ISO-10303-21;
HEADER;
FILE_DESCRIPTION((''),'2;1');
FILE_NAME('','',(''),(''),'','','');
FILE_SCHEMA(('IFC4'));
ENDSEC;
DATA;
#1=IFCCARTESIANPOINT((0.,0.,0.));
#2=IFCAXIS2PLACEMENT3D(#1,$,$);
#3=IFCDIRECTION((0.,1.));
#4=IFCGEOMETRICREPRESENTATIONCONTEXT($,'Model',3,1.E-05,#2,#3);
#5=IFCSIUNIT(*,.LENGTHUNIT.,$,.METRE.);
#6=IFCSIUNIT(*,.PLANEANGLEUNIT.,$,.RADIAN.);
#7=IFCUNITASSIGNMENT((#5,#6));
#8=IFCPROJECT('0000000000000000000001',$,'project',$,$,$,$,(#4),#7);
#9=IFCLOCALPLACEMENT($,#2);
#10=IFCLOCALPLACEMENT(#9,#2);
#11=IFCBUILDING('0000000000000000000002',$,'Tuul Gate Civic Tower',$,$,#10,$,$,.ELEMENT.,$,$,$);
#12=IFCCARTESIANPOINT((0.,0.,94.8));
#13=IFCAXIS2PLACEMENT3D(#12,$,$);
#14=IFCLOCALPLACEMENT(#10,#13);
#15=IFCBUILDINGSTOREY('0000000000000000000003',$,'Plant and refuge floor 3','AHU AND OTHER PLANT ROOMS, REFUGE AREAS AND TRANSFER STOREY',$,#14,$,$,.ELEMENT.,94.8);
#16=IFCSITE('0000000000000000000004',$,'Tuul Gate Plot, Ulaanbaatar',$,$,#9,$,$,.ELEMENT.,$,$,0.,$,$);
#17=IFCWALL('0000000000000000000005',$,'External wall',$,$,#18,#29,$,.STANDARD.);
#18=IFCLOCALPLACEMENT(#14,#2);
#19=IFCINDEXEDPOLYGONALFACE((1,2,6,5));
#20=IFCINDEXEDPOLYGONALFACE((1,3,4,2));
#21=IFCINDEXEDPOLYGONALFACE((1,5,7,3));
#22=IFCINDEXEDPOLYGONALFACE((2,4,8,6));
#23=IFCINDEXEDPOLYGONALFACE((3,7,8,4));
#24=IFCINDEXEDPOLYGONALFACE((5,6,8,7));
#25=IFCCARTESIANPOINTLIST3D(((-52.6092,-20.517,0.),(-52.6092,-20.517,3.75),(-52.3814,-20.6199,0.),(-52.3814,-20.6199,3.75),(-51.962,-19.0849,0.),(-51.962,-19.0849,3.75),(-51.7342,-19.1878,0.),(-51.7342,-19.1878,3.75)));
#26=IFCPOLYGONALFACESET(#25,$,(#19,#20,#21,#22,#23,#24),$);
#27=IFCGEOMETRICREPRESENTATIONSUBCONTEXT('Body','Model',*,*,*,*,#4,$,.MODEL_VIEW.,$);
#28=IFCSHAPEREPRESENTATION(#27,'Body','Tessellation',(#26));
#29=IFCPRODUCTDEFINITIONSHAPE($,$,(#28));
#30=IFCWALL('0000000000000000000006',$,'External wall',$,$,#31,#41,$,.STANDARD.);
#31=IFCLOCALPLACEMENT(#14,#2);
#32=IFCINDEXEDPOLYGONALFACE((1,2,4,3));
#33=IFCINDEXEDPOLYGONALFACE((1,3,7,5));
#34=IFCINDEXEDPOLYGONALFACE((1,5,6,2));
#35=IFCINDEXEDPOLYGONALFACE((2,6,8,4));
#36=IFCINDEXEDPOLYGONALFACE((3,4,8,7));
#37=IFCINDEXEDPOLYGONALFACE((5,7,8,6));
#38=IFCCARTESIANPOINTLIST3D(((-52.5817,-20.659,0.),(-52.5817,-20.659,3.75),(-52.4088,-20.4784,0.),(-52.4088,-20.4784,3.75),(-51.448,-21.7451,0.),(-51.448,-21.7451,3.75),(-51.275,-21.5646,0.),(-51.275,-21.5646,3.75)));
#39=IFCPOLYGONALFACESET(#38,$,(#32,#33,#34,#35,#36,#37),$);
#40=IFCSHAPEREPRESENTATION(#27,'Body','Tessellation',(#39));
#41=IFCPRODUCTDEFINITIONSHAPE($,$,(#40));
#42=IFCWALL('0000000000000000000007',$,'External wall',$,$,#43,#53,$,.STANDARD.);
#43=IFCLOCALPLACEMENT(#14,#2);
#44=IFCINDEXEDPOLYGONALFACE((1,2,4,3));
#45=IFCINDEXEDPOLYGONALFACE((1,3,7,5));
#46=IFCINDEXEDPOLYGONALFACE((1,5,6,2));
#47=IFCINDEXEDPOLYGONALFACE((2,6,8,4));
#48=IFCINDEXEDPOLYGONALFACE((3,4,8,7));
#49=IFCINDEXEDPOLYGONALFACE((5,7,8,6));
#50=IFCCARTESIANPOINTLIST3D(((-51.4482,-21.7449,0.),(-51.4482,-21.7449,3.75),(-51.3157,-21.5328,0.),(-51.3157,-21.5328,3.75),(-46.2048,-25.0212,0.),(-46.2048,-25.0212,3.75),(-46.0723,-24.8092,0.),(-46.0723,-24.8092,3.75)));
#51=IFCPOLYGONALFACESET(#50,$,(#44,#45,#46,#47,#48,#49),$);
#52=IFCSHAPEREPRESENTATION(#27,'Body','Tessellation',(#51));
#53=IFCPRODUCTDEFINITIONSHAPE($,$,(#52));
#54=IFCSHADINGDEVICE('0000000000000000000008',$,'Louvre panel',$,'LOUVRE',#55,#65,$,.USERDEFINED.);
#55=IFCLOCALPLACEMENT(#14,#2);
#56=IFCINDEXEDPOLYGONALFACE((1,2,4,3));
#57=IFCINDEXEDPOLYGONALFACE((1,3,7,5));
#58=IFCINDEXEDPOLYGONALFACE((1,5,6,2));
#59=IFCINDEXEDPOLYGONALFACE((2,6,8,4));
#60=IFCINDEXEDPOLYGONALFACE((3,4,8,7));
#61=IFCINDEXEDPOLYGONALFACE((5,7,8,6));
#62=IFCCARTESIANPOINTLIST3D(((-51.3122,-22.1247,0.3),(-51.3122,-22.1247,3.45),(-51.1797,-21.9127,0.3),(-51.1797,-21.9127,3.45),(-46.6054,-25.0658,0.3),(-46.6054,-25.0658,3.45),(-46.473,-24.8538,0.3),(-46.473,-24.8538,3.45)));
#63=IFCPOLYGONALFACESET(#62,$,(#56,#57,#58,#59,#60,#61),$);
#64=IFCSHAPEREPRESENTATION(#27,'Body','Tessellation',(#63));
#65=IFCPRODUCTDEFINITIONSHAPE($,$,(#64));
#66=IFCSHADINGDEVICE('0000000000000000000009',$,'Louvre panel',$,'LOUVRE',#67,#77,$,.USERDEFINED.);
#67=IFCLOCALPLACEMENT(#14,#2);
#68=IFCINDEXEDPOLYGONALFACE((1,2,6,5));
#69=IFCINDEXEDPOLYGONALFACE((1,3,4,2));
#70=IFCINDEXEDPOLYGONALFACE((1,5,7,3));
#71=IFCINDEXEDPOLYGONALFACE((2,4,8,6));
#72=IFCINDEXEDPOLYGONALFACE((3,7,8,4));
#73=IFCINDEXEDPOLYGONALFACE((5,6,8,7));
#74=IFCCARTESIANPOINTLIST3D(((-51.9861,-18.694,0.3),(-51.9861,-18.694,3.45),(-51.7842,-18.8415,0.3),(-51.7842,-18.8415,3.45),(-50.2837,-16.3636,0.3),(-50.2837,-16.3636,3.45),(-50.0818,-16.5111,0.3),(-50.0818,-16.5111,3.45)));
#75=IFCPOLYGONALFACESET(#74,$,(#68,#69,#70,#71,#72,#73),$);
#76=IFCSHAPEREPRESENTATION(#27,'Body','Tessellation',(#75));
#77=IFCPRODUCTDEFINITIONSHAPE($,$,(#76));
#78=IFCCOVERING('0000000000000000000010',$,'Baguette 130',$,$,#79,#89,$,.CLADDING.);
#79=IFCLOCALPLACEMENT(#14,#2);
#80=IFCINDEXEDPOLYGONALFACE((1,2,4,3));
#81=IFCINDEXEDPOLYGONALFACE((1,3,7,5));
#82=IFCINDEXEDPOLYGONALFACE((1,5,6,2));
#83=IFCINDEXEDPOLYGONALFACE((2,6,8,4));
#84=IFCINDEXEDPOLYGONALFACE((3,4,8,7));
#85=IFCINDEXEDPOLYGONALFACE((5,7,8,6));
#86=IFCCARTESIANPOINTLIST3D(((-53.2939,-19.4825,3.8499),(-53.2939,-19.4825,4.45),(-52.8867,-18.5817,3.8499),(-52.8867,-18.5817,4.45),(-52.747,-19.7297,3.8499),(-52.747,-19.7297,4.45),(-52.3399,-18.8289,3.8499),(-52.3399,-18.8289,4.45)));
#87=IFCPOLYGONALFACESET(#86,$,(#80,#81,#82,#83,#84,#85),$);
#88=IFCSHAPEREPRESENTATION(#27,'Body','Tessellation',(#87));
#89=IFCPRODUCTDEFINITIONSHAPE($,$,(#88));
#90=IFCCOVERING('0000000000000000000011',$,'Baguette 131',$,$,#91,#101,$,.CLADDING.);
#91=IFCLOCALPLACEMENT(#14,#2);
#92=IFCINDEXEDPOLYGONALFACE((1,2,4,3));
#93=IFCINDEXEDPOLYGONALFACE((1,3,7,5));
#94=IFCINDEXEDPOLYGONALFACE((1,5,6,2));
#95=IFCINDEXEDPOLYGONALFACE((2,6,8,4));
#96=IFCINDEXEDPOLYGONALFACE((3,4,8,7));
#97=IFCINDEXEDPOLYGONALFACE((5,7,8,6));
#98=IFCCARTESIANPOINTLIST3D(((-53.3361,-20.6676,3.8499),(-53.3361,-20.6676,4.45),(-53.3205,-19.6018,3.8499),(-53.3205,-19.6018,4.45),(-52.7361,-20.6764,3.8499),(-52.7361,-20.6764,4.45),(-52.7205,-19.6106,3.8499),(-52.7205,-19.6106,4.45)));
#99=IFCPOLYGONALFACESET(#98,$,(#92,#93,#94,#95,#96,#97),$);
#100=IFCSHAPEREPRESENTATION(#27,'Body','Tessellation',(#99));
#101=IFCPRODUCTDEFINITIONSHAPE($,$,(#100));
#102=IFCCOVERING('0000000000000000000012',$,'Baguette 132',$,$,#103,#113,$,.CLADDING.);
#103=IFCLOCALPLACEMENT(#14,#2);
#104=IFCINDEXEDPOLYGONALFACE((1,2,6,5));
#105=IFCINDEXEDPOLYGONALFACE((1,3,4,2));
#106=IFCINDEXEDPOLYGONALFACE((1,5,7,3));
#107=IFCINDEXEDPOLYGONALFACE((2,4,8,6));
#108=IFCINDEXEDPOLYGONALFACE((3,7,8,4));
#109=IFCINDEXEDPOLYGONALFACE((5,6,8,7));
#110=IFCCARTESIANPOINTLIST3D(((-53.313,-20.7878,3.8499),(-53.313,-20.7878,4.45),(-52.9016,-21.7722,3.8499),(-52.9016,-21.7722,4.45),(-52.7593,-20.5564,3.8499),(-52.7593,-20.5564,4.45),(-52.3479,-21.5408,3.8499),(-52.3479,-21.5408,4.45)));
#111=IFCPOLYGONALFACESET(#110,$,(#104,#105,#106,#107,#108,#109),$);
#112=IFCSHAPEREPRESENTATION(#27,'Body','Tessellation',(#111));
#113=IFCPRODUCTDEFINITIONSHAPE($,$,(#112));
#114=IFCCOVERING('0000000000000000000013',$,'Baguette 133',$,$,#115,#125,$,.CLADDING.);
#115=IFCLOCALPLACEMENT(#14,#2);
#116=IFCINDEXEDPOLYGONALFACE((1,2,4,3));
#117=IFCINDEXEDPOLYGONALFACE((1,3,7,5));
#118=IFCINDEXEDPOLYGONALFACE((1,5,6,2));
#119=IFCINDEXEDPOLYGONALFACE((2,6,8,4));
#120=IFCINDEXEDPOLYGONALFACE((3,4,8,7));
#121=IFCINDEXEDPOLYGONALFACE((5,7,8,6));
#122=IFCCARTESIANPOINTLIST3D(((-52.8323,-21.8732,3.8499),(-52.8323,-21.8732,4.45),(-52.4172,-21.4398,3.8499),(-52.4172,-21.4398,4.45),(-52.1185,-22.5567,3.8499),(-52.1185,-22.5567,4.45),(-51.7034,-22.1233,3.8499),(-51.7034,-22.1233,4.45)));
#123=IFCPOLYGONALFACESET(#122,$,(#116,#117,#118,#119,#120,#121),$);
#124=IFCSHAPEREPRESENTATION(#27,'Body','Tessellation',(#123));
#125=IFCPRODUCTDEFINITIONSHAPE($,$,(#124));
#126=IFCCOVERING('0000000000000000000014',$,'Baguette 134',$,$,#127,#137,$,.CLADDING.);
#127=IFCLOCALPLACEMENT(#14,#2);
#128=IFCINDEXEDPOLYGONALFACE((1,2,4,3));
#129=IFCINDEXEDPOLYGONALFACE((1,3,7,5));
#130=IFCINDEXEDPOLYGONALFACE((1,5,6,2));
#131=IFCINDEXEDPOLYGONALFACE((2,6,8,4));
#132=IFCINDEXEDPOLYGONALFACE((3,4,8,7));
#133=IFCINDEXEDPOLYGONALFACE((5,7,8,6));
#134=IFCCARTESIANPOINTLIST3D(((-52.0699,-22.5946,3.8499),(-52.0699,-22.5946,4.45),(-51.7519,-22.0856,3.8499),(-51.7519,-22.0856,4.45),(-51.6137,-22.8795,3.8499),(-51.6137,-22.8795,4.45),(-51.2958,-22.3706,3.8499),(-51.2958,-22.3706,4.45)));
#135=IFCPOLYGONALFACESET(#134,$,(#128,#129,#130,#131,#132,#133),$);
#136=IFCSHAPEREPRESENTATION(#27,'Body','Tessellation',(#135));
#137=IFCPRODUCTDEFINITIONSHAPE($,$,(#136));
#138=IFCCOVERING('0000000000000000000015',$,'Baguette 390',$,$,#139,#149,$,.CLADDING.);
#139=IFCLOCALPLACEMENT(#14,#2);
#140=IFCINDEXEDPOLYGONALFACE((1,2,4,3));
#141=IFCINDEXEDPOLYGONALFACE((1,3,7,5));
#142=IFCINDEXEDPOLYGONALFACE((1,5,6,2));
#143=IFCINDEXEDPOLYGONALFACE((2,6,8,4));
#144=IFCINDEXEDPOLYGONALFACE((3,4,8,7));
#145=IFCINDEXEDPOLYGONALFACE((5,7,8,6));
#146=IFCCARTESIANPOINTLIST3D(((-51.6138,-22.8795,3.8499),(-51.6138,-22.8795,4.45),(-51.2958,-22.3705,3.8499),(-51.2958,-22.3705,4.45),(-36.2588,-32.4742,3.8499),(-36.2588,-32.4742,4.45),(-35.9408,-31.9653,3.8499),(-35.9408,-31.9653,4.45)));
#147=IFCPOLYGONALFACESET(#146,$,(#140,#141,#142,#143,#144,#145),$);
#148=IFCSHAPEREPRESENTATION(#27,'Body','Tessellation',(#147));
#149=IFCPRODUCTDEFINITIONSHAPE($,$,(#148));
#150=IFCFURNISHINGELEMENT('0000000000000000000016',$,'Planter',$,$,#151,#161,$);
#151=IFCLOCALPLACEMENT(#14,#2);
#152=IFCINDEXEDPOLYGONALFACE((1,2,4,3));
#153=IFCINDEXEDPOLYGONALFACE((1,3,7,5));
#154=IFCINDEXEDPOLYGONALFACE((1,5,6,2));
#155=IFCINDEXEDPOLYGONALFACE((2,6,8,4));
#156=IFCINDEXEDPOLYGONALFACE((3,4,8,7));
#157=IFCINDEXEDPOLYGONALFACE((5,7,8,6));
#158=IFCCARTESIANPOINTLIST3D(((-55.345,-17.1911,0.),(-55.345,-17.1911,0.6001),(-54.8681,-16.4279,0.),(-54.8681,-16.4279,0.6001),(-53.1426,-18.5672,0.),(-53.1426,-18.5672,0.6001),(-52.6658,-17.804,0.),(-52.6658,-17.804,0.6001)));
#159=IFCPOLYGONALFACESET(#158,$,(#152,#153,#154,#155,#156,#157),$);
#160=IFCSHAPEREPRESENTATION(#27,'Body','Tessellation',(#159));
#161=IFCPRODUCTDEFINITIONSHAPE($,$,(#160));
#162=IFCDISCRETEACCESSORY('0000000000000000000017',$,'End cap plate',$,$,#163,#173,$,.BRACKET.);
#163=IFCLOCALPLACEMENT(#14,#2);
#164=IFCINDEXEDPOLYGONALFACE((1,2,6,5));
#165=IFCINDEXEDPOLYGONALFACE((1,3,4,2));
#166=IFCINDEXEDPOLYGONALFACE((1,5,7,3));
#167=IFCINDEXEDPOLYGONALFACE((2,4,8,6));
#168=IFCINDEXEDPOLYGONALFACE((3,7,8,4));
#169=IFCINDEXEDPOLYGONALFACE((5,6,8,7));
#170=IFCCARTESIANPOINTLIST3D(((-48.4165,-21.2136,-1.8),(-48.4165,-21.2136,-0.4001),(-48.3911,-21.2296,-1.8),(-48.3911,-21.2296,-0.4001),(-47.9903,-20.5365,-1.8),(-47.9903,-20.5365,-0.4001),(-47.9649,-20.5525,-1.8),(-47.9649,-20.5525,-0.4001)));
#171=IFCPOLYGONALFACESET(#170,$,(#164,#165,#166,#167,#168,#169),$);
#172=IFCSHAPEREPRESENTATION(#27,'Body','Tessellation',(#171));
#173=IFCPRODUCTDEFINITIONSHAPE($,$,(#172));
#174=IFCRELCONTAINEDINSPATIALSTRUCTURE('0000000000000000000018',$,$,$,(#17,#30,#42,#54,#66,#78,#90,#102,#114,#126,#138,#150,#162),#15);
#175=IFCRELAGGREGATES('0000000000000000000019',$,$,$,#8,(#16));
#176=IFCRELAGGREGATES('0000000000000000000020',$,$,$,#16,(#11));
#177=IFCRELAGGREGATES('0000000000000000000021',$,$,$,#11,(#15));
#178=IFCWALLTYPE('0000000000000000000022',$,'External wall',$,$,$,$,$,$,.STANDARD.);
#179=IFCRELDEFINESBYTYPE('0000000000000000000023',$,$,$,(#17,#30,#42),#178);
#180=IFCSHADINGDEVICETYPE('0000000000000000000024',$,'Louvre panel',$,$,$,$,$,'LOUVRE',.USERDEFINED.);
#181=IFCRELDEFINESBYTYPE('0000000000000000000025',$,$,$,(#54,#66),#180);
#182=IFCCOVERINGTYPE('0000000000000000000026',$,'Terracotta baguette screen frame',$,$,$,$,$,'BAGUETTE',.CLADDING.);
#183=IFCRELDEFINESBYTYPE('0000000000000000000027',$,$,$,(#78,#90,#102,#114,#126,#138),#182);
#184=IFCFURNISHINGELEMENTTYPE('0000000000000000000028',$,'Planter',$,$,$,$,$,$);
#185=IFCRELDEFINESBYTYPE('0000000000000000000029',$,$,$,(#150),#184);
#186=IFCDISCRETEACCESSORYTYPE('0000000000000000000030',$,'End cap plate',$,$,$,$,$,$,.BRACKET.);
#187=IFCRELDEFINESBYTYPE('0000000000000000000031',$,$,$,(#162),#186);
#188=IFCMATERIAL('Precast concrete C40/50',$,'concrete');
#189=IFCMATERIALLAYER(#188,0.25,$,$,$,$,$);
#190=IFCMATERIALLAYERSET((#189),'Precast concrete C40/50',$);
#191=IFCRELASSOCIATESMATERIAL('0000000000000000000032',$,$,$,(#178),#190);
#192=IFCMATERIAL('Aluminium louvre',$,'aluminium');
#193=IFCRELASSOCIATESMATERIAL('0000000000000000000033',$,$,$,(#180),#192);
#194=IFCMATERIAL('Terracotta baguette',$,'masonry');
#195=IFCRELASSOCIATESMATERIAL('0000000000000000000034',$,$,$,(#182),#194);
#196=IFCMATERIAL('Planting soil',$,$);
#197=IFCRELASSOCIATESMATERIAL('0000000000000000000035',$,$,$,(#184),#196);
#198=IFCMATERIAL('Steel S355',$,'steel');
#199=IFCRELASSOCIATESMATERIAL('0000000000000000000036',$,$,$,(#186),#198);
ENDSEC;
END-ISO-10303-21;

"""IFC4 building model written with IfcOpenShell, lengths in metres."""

from ifc_helpers import new_model, si_unit, direction, frame, frame_2d, origin, origin_2d, place, context, subcontext, project, spatial, rectangle, extrude, material, layer, layer_set, material_profile, profile_set, type_object, element, save


model = new_model("IFC4")

# Units and contexts
model_context = context("Model", 3, precision=1e-05, world=origin(), true_north=direction((0.0, 1.0)))
body_context = subcontext(model_context, "Body", "Model", "MODEL_VIEW")
ifc_project = project(units=[si_unit("LENGTHUNIT", "METRE"), si_unit("PLANEANGLEUNIT", "RADIAN")], contexts=[model_context])

# Site, building, storey
site_placement = place(None, origin())
site = spatial("IfcSite", under=ifc_project, at=site_placement, Name="Tuul Gate Plot, Ulaanbaatar", CompositionType="ELEMENT", RefElevation=0.0)
building_placement = place(site_placement, origin())
building = spatial("IfcBuilding", under=site, at=building_placement, Name="Tuul Gate Civic Tower", CompositionType="ELEMENT")
storey_placement = place(building_placement, frame((0.0, 0.0, 94.8)))
storey = spatial("IfcBuildingStorey", under=building, at=storey_placement, Name="Plant and refuge floor 3", Description="AHU AND OTHER PLANT ROOMS, REFUGE AREAS AND TRANSFER STOREY", CompositionType="ELEMENT", Elevation=94.8)

# Walls
ifc_material_1 = material(Name="Precast concrete C40/50", Category="concrete")
ifc_layer = layer(ifc_material_1, 0.25)
ifc_layer_set = layer_set([ifc_layer], Name="Precast concrete C40/50")
wall_type = type_object("IfcWallType", Name="External wall", PredefinedType="STANDARD", material=ifc_layer_set)
wall_1_placement = place(storey_placement, frame((-51.8481, -19.1365, 0.0), z_axis=(0.0, 0.0, 1.0), x_axis=(-0.411824, -0.911263, 0.0)))
element("IfcWall", 1, at=wall_1_placement, inside=storey, type_object=wall_type, Name="External wall", PredefinedType="STANDARD", context=body_context, shape_type="SweptSolid", body=[
    extrude(rectangle(XDim=1.5715, YDim=0.25, at=frame_2d((0.7856, 0.0))), origin(), (0.0, 0.0, 1.0), 3.75),
])
wall_2_placement = place(storey_placement, frame((-52.4954, -20.5686, 0.0), z_axis=(0.0, 0.0, 1.0), x_axis=(0.722105, -0.691784, 0.0)))
element("IfcWall", 2, at=wall_2_placement, inside=storey, type_object=wall_type, Name="External wall", PredefinedType="STANDARD", context=body_context, shape_type="SweptSolid", body=[
    extrude(rectangle(XDim=1.5701, YDim=0.25, at=frame_2d((0.7852, 0.0))), origin(), (0.0, 0.0, 1.0), 3.75),
])
wall_3_placement = place(storey_placement, frame((-51.3818, -21.6389, 0.0), z_axis=(0.0, 0.0, 1.0), x_axis=(0.848054, -0.52991, 0.0)))
element("IfcWall", 3, at=wall_3_placement, inside=storey, type_object=wall_type, Name="External wall", PredefinedType="STANDARD", context=body_context, shape_type="SweptSolid", body=[
    extrude(rectangle(XDim=6.1829, YDim=0.25, at=frame_2d((3.0913, 0.0))), origin(), (0.0, 0.0, 1.0), 3.75),
])

# Shading devices
ifc_material_2 = material(Name="Aluminium louvre", Category="aluminium")
shading_device_type = type_object("IfcShadingDeviceType", Name="Louvre panel", ElementType="LOUVRE", PredefinedType="USERDEFINED", material=ifc_material_2)
shading_device_1_placement = place(storey_placement, frame((-48.8926, -23.4893, 0.3), z_axis=(0.0, 0.0, 1.0), x_axis=(-0.529912, -0.848053, 0.0)))
element("IfcShadingDevice", 4, at=shading_device_1_placement, inside=storey, type_object=shading_device_type, Name="Louvre panel", ObjectType="LOUVRE", PredefinedType="USERDEFINED", context=body_context, shape_type="SweptSolid", body=[
    extrude(rectangle(XDim=0.25, YDim=5.55, at=origin_2d()), origin(), (0.0, 0.0, 1.0), 3.1499),
])
shading_device_2_placement = place(storey_placement, frame((-51.0339, -17.6025, 0.3), z_axis=(0.0, 0.0, 1.0), x_axis=(-0.807483, 0.589891, 0.0)))
element("IfcShadingDevice", 5, at=shading_device_2_placement, inside=storey, type_object=shading_device_type, Name="Louvre panel", ObjectType="LOUVRE", PredefinedType="USERDEFINED", context=body_context, shape_type="SweptSolid", body=[
    extrude(rectangle(XDim=0.25, YDim=2.886, at=origin_2d()), origin(), (0.0, 0.0, 1.0), 3.1499),
])

# Coverings
ifc_material_3 = material(Name="Terracotta baguette", Category="masonry")
ifc_material_profile_1 = material_profile(ifc_material_3, rectangle(XDim=0.6001, YDim=0.6001, at=origin_2d()), Name="Terracotta baguette screen frame")
ifc_profile_set_1 = profile_set([ifc_material_profile_1], Name="Terracotta baguette")
covering_type = type_object("IfcCoveringType", Name="Terracotta baguette screen frame", ElementType="BAGUETTE", PredefinedType="CLADDING", material=ifc_profile_set_1)
covering_1_placement = place(storey_placement, frame((-52.6133, -18.7053, 4.1499), z_axis=(-0.411904, -0.911227, 0.0), x_axis=(0.911227, -0.411904, 0.0)))
element("IfcCovering", 6, at=covering_1_placement, inside=storey, type_object=covering_type, Name="Baguette 130", PredefinedType="CLADDING", context=body_context, shape_type="SweptSolid", body=[
    extrude(rectangle(XDim=0.6001, YDim=0.6001, at=origin_2d()), origin(), (0.0, 0.0, 1.0), 0.9885),
])
covering_2_placement = place(storey_placement, frame((-53.0205, -19.6062, 4.1499), z_axis=(-0.014657, -0.999893, 0.0), x_axis=(0.999893, -0.014657, 0.0)))
element("IfcCovering", 7, at=covering_2_placement, inside=storey, type_object=covering_type, Name="Baguette 131", PredefinedType="CLADDING", context=body_context, shape_type="SweptSolid", body=[
    extrude(rectangle(XDim=0.6001, YDim=0.6001, at=origin_2d()), origin(), (0.0, 0.0, 1.0), 1.0659),
])
covering_3_placement = place(storey_placement, frame((-53.0361, -20.6721, 4.1499), z_axis=(0.38559, -0.92267, 0.0), x_axis=(0.92267, 0.38559, 0.0)))
element("IfcCovering", 8, at=covering_3_placement, inside=storey, type_object=covering_type, Name="Baguette 132", PredefinedType="CLADDING", context=body_context, shape_type="SweptSolid", body=[
    extrude(rectangle(XDim=0.6001, YDim=0.6001, at=origin_2d()), origin(), (0.0, 0.0, 1.0), 1.0669),
])
covering_4_placement = place(storey_placement, frame((-52.6248, -21.6565, 4.1499), z_axis=(0.722256, -0.691626, 0.0), x_axis=(0.691626, 0.722256, 0.0)))
element("IfcCovering", 9, at=covering_4_placement, inside=storey, type_object=covering_type, Name="Baguette 133", PredefinedType="CLADDING", context=body_context, shape_type="SweptSolid", body=[
    extrude(rectangle(XDim=0.6001, YDim=0.6001, at=origin_2d()), origin(), (0.0, 0.0, 1.0), 0.9883),
])
covering_5_placement = place(storey_placement, frame((-51.9109, -22.3401, 4.1499), z_axis=(0.8481, -0.529836, 0.0), x_axis=(0.529836, 0.8481, 0.0)))
element("IfcCovering", 10, at=covering_5_placement, inside=storey, type_object=covering_type, Name="Baguette 134", PredefinedType="CLADDING", context=body_context, shape_type="SweptSolid", body=[
    extrude(rectangle(XDim=0.6001, YDim=0.6001, at=origin_2d()), origin(), (0.0, 0.0, 1.0), 0.5378),
])
covering_6_placement = place(storey_placement, frame((-51.4548, -22.625, 4.1499), z_axis=(0.848051, -0.529914, 0.0), x_axis=(0.529914, 0.848051, 0.0)))
element("IfcCovering", 11, at=covering_6_placement, inside=storey, type_object=covering_type, Name="Baguette 390", PredefinedType="CLADDING", context=body_context, shape_type="SweptSolid", body=[
    extrude(rectangle(XDim=0.6001, YDim=0.6001, at=origin_2d()), origin(), (0.0, 0.0, 1.0), 18.1062),
])

# Furnishing element
ifc_material_4 = material(Name="Planting soil")
furnishing_element_type = type_object("IfcFurnishingElementType", Name="Planter", material=ifc_material_4)
furnishing_placement = place(storey_placement, frame((-54.0054, -17.4976, 0.0), z_axis=(0.0, 0.0, 1.0), x_axis=(0.848053, -0.529912, 0.0)))
element("IfcFurnishingElement", 12, at=furnishing_placement, inside=storey, type_object=furnishing_element_type, Name="Planter", context=body_context, shape_type="SweptSolid", body=[
    extrude(rectangle(XDim=2.5969, YDim=0.8999, at=origin_2d()), origin(), (0.0, 0.0, 1.0), 0.6001),
])

# Discrete accessory
ifc_material_5 = material(Name="Steel S355", Category="steel")
discrete_accessory_type = type_object("IfcDiscreteAccessoryType", Name="End cap plate", PredefinedType="BRACKET", material=ifc_material_5)
discrete_accessory_placement = place(storey_placement, frame((-48.1907, -20.8831, -1.8), z_axis=(0.0, 0.0, 1.0), x_axis=(0.846275, -0.532746, 0.0)))
element("IfcDiscreteAccessory", 13, at=discrete_accessory_placement, inside=storey, type_object=discrete_accessory_type, Name="End cap plate", PredefinedType="BRACKET", context=body_context, shape_type="SweptSolid", body=[
    extrude(rectangle(XDim=0.03, YDim=0.8, at=origin_2d()), origin(), (0.0, 0.0, 1.0), 1.3999),
])

save(model, "model.ifc")
